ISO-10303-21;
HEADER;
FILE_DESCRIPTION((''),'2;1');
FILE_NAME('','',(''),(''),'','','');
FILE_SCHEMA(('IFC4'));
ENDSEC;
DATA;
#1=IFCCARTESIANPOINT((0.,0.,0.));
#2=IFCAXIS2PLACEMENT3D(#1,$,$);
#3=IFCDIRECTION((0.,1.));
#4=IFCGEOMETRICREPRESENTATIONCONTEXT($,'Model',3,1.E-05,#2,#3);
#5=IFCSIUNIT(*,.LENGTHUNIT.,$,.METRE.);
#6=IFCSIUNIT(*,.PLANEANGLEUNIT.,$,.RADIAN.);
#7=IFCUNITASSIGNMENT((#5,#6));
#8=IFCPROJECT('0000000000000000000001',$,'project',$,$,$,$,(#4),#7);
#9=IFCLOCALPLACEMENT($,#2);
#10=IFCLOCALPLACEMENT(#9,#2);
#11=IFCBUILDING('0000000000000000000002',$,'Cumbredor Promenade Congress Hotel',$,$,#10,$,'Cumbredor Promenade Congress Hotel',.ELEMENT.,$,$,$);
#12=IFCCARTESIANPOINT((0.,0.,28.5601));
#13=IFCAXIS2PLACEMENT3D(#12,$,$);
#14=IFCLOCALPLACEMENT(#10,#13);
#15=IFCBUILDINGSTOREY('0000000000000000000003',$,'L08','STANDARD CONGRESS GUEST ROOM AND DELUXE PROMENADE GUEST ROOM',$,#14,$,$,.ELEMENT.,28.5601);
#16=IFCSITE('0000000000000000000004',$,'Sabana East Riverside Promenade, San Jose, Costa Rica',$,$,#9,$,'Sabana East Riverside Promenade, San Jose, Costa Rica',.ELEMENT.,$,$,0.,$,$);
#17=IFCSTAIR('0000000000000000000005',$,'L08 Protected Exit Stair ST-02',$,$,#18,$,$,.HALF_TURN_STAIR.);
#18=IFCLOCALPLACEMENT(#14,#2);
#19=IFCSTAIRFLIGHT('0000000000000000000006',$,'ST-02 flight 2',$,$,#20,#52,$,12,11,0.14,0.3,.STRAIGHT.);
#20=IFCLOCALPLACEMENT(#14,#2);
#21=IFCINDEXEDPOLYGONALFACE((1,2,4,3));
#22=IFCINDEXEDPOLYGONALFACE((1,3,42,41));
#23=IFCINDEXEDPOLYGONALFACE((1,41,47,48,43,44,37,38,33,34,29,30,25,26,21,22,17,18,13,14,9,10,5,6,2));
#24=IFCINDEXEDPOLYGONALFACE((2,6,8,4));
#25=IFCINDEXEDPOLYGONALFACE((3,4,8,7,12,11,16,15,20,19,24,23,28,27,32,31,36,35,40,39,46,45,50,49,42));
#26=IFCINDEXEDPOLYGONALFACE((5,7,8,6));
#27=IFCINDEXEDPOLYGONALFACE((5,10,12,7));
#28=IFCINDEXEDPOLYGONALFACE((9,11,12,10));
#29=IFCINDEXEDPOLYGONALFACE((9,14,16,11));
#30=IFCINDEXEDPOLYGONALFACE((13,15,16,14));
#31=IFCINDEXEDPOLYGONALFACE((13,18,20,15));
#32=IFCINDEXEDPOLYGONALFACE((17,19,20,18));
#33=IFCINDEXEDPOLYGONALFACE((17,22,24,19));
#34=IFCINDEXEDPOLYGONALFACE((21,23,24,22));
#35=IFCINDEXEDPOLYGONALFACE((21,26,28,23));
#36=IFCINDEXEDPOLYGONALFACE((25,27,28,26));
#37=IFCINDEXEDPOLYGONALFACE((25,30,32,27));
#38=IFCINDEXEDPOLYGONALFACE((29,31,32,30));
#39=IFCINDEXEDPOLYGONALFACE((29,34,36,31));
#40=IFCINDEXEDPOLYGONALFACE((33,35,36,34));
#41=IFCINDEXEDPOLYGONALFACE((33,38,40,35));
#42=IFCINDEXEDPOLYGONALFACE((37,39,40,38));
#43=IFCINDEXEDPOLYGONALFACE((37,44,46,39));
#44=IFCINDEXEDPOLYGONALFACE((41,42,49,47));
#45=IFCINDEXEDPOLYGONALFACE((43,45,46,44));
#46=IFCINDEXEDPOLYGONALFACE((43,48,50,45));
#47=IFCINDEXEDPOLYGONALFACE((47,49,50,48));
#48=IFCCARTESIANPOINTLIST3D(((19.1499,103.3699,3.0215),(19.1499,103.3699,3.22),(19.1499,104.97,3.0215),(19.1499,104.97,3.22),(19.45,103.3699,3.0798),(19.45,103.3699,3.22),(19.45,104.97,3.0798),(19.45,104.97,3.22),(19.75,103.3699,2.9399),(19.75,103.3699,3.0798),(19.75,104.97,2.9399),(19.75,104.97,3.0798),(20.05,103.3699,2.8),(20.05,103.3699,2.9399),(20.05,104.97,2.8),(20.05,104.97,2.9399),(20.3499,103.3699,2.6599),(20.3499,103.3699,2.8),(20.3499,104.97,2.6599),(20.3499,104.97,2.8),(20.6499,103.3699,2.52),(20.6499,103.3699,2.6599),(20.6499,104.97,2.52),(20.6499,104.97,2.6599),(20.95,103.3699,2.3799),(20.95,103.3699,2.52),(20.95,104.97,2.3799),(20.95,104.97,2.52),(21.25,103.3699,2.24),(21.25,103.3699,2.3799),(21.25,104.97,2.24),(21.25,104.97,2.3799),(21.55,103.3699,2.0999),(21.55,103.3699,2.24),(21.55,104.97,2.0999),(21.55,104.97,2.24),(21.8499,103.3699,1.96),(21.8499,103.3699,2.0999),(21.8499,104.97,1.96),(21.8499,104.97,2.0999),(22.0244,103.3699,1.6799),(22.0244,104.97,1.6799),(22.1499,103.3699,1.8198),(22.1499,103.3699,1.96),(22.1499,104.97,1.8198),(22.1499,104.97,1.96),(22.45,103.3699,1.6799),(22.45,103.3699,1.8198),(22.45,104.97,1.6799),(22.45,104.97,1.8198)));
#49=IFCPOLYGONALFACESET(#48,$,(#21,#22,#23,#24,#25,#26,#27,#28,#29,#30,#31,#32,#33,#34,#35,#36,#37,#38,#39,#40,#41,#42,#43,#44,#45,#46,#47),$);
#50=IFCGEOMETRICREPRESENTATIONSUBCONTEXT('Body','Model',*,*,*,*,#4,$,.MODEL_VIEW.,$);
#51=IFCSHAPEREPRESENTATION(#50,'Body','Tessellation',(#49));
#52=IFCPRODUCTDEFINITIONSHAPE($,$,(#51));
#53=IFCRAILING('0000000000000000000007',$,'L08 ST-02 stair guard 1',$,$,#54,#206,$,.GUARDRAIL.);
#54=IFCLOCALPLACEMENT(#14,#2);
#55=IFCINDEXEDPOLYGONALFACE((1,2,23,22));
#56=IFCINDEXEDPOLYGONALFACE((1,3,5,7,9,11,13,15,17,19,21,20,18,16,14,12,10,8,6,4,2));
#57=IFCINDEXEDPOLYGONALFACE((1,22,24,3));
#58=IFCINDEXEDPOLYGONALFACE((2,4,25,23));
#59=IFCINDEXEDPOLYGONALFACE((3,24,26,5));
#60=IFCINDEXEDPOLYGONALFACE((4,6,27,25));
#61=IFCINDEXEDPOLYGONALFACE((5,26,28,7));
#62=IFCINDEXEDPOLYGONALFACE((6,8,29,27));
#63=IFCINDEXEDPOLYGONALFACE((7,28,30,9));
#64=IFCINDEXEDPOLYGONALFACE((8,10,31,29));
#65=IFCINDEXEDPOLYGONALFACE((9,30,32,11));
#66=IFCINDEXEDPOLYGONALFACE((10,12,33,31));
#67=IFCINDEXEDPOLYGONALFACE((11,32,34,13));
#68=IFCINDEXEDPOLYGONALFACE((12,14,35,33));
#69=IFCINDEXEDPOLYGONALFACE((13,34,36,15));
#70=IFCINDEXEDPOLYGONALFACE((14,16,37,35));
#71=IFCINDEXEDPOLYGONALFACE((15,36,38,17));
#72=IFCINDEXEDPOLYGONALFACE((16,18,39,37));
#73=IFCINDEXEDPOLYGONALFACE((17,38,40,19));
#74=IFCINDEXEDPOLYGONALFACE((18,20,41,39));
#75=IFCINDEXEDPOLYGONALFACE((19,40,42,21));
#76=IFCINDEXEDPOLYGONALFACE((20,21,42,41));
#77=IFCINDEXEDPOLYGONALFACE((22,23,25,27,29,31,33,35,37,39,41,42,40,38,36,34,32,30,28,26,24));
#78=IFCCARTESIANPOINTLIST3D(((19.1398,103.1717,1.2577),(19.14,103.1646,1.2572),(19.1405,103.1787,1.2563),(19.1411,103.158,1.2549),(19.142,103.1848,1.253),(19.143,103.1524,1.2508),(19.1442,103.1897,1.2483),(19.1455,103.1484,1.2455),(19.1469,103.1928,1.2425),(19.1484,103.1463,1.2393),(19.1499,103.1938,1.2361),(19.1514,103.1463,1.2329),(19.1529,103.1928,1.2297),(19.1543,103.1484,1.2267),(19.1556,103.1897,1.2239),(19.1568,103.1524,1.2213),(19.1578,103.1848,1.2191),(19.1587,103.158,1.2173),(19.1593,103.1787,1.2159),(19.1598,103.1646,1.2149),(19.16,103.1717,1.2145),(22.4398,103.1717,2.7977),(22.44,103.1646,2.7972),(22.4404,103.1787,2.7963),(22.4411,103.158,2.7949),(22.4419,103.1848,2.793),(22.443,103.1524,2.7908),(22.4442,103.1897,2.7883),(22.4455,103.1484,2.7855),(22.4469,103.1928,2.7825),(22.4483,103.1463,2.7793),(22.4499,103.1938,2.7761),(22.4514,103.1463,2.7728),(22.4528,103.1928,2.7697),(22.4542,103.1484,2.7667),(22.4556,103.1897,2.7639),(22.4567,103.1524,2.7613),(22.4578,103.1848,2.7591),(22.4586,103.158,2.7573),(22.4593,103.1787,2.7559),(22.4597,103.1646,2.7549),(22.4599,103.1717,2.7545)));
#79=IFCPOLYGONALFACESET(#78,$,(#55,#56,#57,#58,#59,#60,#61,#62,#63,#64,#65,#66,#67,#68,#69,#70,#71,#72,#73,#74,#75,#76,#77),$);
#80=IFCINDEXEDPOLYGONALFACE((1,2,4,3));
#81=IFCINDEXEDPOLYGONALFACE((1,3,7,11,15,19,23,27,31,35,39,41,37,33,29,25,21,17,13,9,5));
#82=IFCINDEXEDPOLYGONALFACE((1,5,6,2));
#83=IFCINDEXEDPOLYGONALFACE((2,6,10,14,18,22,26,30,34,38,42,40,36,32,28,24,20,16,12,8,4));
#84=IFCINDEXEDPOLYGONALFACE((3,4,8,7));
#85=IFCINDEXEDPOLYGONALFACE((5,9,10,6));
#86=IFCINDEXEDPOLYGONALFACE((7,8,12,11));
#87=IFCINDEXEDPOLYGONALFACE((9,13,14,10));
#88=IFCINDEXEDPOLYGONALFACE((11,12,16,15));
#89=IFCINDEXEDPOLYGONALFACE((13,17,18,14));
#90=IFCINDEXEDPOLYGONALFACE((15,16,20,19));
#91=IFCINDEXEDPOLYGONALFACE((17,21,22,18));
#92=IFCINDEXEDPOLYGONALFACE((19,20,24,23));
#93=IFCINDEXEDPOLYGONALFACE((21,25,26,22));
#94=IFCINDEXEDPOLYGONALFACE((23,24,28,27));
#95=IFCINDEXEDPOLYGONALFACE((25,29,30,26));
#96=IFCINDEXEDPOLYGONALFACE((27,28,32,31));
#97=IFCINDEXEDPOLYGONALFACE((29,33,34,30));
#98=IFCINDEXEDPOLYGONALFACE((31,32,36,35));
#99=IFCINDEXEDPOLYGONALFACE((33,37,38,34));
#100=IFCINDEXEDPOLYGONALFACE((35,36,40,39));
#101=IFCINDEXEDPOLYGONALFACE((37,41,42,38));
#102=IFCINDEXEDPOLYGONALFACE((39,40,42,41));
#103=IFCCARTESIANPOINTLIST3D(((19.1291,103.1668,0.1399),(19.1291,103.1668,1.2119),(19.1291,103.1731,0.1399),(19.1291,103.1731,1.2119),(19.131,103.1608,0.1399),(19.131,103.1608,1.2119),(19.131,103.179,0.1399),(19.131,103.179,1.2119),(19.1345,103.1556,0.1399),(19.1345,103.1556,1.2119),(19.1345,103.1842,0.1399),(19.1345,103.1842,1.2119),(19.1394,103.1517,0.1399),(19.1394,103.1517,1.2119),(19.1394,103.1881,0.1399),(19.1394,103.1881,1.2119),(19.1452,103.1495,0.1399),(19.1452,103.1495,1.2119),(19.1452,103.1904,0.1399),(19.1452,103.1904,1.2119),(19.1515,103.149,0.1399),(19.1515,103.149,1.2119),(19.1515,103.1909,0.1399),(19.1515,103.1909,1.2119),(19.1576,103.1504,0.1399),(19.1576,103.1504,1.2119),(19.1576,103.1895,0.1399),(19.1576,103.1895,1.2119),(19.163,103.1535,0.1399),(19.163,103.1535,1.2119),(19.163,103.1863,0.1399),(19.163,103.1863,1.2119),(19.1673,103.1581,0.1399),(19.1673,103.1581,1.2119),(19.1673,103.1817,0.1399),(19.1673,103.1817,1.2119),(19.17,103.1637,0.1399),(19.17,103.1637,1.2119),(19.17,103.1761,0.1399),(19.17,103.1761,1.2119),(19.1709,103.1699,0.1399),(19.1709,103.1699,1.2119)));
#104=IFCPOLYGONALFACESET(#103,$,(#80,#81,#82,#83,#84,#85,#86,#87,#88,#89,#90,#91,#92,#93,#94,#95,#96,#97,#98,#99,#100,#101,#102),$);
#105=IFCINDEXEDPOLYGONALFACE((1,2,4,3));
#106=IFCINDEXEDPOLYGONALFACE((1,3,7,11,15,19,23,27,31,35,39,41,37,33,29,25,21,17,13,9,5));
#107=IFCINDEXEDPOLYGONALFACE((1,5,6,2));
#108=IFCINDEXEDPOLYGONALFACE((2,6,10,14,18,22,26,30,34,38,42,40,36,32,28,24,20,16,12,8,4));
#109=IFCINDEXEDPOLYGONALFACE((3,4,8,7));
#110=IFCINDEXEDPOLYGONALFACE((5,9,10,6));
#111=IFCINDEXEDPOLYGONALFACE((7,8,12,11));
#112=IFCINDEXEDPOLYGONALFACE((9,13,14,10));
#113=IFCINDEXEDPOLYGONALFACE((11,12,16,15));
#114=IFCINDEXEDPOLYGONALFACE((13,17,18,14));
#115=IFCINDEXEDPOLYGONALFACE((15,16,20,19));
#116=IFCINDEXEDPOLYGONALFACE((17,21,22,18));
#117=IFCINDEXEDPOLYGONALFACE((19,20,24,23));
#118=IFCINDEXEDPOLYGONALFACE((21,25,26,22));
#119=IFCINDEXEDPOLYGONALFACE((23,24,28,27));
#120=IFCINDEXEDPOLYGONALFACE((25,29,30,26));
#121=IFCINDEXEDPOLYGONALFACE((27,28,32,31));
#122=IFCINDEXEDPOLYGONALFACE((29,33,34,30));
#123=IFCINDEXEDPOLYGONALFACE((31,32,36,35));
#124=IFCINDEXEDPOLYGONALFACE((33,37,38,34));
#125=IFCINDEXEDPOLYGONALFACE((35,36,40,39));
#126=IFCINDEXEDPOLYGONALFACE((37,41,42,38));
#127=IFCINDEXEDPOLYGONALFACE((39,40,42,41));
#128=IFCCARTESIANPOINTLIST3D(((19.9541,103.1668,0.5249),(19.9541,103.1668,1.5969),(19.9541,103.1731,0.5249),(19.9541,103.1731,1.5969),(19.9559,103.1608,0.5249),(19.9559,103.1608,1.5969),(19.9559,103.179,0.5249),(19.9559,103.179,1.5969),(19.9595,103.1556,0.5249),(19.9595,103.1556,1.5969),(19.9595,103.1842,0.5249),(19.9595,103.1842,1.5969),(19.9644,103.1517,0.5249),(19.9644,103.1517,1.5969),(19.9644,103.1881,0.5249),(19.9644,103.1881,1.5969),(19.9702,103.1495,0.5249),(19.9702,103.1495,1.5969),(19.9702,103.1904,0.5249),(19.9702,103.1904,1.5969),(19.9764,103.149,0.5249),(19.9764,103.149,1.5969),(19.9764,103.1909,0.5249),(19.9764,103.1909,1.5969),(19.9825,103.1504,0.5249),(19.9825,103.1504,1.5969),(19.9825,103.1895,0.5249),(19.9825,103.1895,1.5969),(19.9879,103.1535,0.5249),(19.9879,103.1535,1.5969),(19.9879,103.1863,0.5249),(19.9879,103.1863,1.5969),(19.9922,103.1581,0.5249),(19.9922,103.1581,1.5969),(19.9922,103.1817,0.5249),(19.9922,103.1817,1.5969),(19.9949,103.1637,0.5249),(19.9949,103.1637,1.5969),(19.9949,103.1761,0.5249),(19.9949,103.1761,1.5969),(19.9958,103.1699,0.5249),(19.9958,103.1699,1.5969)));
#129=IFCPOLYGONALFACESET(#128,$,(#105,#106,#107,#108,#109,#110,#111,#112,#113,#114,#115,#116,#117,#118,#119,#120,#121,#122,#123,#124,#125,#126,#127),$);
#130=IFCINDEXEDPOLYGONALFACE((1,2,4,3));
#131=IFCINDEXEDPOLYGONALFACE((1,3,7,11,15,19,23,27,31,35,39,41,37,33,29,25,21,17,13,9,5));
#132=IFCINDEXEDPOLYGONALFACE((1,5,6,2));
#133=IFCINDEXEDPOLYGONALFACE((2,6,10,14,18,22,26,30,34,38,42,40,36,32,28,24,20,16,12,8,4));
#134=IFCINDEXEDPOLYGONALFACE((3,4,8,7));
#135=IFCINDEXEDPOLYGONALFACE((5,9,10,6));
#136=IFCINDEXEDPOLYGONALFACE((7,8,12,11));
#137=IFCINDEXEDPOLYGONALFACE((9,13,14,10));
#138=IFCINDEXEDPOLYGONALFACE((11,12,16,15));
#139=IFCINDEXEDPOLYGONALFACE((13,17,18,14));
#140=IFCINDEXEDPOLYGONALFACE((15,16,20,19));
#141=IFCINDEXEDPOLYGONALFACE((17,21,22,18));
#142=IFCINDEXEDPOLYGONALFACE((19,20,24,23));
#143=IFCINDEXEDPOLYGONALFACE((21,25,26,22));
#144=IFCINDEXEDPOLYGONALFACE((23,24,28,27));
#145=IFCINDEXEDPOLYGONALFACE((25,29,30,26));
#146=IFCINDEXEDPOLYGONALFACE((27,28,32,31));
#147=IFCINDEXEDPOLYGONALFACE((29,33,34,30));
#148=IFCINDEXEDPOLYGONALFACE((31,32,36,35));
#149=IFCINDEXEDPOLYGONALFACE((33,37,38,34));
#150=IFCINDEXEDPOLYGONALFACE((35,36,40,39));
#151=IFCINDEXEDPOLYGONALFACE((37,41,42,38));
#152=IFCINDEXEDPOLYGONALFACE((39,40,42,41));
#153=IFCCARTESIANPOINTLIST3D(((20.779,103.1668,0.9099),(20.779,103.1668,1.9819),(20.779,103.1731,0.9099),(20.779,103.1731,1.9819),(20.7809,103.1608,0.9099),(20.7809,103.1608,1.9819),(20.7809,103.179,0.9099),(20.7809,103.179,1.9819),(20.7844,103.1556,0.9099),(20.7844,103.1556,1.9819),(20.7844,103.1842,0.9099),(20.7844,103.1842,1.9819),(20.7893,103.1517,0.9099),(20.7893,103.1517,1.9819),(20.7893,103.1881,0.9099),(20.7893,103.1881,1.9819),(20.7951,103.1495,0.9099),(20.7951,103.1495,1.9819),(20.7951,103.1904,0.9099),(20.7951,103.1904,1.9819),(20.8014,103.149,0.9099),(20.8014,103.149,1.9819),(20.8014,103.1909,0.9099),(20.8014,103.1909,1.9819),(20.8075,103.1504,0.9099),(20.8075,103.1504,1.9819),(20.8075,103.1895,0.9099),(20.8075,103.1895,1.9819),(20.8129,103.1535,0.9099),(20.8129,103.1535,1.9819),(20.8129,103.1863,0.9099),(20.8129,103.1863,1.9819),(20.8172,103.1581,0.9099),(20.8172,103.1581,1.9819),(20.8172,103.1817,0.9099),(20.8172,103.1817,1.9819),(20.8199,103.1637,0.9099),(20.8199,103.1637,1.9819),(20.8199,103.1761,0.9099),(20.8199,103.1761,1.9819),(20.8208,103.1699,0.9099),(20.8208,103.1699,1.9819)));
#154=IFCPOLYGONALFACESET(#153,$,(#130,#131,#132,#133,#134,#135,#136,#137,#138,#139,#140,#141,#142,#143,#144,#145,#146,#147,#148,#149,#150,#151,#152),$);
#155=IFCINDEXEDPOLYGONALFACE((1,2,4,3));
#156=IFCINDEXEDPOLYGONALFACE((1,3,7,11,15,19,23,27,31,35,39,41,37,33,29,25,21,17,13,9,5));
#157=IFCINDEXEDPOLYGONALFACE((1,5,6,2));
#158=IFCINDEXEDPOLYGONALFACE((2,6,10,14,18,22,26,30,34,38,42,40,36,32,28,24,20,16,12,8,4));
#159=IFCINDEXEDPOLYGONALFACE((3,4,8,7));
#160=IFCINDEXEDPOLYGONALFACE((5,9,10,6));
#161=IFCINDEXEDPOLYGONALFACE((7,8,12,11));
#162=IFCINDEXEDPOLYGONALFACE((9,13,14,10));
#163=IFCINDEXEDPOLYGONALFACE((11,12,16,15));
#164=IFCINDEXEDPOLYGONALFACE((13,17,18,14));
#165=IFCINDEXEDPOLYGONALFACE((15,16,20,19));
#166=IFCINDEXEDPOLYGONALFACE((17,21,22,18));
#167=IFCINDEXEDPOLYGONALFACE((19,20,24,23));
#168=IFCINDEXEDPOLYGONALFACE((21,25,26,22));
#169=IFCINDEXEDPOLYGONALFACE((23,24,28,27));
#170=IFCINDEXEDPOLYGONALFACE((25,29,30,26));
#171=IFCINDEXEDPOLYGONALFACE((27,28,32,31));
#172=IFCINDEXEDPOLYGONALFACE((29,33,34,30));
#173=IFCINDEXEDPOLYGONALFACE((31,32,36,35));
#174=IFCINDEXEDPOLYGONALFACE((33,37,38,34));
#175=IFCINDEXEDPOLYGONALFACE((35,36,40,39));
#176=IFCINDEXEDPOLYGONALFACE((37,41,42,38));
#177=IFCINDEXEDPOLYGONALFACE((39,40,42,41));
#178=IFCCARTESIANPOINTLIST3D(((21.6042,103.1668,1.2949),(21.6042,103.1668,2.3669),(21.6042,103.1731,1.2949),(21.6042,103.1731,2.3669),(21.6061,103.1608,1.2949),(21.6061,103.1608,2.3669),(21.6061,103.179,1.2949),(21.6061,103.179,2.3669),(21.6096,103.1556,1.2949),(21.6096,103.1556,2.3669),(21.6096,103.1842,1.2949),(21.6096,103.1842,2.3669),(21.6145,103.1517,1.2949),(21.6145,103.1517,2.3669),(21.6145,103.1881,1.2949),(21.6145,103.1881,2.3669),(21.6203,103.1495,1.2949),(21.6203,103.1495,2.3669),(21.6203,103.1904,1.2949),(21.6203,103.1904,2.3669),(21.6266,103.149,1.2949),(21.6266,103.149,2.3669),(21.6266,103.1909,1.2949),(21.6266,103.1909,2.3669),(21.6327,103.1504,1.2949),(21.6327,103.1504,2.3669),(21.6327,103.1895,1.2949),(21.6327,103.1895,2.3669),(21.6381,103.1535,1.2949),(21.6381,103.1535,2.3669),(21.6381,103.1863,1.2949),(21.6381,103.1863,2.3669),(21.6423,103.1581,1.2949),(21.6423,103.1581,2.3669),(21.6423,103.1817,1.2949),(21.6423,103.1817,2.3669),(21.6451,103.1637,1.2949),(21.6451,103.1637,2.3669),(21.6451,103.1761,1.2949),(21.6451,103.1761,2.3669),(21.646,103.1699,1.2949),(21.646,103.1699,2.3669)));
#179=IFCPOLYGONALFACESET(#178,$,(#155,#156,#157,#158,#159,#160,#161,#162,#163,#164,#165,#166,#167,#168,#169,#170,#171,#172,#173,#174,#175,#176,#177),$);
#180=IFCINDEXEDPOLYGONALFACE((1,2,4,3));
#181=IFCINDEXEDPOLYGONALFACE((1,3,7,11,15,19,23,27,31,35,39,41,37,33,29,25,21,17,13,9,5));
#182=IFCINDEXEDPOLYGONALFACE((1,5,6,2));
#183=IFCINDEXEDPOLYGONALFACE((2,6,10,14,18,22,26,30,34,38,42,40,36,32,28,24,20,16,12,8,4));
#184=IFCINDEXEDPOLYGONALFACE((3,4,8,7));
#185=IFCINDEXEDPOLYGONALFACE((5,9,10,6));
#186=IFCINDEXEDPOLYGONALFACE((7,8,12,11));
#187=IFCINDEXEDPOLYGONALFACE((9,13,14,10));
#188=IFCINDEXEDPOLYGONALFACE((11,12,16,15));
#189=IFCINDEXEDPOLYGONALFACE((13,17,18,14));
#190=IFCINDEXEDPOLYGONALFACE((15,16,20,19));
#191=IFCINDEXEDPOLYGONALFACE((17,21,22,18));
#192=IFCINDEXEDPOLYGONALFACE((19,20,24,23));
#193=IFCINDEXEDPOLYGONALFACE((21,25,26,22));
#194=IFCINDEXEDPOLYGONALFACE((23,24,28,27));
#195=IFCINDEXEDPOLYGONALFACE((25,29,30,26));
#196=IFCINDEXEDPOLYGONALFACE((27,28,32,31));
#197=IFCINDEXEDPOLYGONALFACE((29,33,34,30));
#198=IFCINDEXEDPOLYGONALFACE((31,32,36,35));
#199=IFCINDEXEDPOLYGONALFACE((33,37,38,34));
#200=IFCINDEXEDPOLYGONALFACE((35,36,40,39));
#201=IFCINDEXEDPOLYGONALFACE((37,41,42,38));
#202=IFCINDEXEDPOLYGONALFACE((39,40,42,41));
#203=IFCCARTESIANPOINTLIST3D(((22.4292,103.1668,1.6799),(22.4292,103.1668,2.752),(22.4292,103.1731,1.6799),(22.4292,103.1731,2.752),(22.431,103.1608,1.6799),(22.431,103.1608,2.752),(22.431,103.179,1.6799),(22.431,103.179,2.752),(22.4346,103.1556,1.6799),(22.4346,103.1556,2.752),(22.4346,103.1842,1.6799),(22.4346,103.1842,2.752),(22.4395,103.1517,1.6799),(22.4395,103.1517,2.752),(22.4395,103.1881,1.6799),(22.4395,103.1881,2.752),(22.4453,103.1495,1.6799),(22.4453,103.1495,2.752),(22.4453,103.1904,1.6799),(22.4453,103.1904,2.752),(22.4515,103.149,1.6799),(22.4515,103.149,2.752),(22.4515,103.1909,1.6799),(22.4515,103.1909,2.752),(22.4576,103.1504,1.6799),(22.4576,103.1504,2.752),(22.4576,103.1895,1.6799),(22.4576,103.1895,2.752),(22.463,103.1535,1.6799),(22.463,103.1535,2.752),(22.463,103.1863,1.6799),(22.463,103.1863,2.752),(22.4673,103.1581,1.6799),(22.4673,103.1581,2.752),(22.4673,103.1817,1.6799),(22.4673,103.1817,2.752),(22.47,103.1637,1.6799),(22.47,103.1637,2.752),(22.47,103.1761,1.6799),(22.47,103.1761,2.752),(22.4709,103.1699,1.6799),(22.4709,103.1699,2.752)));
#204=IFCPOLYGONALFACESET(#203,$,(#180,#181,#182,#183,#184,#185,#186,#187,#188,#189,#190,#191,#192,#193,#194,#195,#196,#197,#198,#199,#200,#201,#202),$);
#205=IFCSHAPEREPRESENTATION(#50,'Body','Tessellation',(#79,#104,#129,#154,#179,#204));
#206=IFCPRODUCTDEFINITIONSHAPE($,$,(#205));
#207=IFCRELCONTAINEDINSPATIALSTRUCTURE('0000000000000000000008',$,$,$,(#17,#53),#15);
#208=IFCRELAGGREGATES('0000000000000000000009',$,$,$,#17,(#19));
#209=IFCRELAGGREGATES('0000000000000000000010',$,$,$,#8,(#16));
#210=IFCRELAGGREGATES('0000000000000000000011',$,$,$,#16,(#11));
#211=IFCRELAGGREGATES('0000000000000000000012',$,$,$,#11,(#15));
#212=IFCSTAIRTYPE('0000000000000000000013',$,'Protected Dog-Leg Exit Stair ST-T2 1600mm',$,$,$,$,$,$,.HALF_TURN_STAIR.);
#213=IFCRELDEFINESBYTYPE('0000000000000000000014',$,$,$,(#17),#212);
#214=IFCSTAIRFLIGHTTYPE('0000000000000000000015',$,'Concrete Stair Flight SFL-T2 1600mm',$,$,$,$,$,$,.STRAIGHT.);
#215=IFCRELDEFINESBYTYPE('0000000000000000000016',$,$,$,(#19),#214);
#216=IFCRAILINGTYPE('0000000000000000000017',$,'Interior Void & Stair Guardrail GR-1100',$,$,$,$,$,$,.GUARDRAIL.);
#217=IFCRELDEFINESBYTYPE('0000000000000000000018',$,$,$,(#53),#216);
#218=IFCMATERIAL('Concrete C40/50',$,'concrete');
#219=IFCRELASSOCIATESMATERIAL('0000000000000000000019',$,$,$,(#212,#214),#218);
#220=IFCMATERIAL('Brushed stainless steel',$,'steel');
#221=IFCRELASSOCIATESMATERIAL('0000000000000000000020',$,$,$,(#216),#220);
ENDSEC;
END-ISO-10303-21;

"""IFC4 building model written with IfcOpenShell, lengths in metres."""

from ifc_helpers import new_model, si_unit, direction, frame, origin, origin_2d, place, context, subcontext, project, spatial, polyline, circle, outline, extrude, material, type_object, element, aggregate, save


model = new_model("IFC4")

# Units and contexts
model_context = context("Model", 3, precision=1e-05, world=origin(), true_north=direction((0.0, 1.0)))
body_context = subcontext(model_context, "Body", "Model", "MODEL_VIEW")
ifc_project = project(units=[si_unit("LENGTHUNIT", "METRE"), si_unit("PLANEANGLEUNIT", "RADIAN")], contexts=[model_context])

# Site, building, storey
site_placement = place(None, origin())
site = spatial("IfcSite", under=ifc_project, at=site_placement, Name="Sabana East Riverside Promenade, San Jose, Costa Rica", LongName="Sabana East Riverside Promenade, San Jose, Costa Rica", CompositionType="ELEMENT", RefElevation=0.0)
building_placement = place(site_placement, origin())
building = spatial("IfcBuilding", under=site, at=building_placement, Name="Cumbredor Promenade Congress Hotel", LongName="Cumbredor Promenade Congress Hotel", CompositionType="ELEMENT")
storey_placement = place(building_placement, frame((0.0, 0.0, 28.5601)))
storey = spatial("IfcBuildingStorey", under=building, at=storey_placement, Name="L08", Description="STANDARD CONGRESS GUEST ROOM AND DELUXE PROMENADE GUEST ROOM", CompositionType="ELEMENT", Elevation=28.5601)

# Shared definitions
ifc_material_1 = material(Name="Concrete C40/50", Category="concrete")

# Shared definitions
ifc_material_2 = material(Name="Brushed stainless steel", Category="steel")

# Stair, stair flight
stair_type = type_object("IfcStairType", Name="Protected Dog-Leg Exit Stair ST-T2 1600mm", PredefinedType="HALF_TURN_STAIR", material=ifc_material_1)
stair_placement = place(storey_placement, origin())
stair = element("IfcStair", 1, at=stair_placement, inside=storey, type_object=stair_type, Name="L08 Protected Exit Stair ST-02", PredefinedType="HALF_TURN_STAIR")
stair_flight_type = type_object("IfcStairFlightType", Name="Concrete Stair Flight SFL-T2 1600mm", PredefinedType="STRAIGHT", material=ifc_material_1)
stair_flight_1_placement = place(storey_placement, frame((22.45, 104.1699, 1.6799), z_axis=(0.0, 0.0, 1.0), x_axis=(-1.0, 0.0, 0.0)))
stair_flight_1 = element("IfcStairFlight", 2, at=stair_flight_1_placement, type_object=stair_flight_type, Name="ST-02 flight 2", NumberOfRisers=12, NumberOfTreads=11, PredefinedType="STRAIGHT", RiserHeight=0.14, TreadLength=0.3, context=body_context, shape_type="SweptSolid", body=[
    extrude(outline(polyline([(0.0, 0.0), (0.0, 0.1399), (0.3, 0.1399), (0.3, 0.28), (0.6001, 0.28), (0.6001, 0.4199), (0.8999, 0.4199), (0.8999, 0.5601), (1.2, 0.5601), (1.2, 0.7), (1.5, 0.7), (1.5, 0.8401), (1.8, 0.8401), (1.8, 0.98), (2.1001, 0.98), (2.1001, 1.1201), (2.3999, 1.1201), (2.3999, 1.26), (2.7, 1.26), (2.7, 1.3999), (3.0, 1.3999), (3.0, 1.54), (3.3, 1.54), (3.3, 1.6799), (3.3, 1.3416), (0.4255, 0.0), (0.0, 0.0)])), frame((0.0, 0.8, 0.0), z_axis=(0.0, -1.0, 0.0), x_axis=(1.0, 0.0, 0.0)), (0.0, 0.0, 1.0), 1.6001),
])
aggregate(stair, [stair_flight_1])

# Railing
railing_type_1 = type_object("IfcRailingType", Name="Interior Void & Stair Guardrail GR-1100", PredefinedType="GUARDRAIL", material=ifc_material_2)
railing_1_placement = place(storey_placement, frame((19.1499, 103.1699, 0.1399)))
element("IfcRailing", 3, at=railing_1_placement, inside=storey, type_object=railing_type_1, Name="L08 ST-02 stair guard 1", PredefinedType="GUARDRAIL", context=body_context, shape_type="SweptSolid", body=[
    extrude(circle(Radius=0.0239, at=origin_2d()), frame((0.0, 0.0, 1.0962), z_axis=(0.906181, 0.0, 0.422889), x_axis=(0.0, 1.0, 0.0)), (0.0, 0.0, 1.0), 3.6416),
    extrude(circle(Radius=0.021, at=origin_2d()), origin(), (0.0, 0.0, 1.0), 1.072),
    extrude(circle(Radius=0.021, at=origin_2d()), frame((0.825, 0.0, 0.385)), (0.0, 0.0, 1.0), 1.072),
    extrude(circle(Radius=0.021, at=origin_2d()), frame((1.6499, 0.0, 0.77)), (0.0, 0.0, 1.0), 1.072),
    extrude(circle(Radius=0.021, at=origin_2d()), frame((2.4751, 0.0, 1.155)), (0.0, 0.0, 1.0), 1.072),
    extrude(circle(Radius=0.021, at=origin_2d()), frame((3.3, 0.0, 1.54)), (0.0, 0.0, 1.0), 1.072),
])

save(model, "model.ifc")
